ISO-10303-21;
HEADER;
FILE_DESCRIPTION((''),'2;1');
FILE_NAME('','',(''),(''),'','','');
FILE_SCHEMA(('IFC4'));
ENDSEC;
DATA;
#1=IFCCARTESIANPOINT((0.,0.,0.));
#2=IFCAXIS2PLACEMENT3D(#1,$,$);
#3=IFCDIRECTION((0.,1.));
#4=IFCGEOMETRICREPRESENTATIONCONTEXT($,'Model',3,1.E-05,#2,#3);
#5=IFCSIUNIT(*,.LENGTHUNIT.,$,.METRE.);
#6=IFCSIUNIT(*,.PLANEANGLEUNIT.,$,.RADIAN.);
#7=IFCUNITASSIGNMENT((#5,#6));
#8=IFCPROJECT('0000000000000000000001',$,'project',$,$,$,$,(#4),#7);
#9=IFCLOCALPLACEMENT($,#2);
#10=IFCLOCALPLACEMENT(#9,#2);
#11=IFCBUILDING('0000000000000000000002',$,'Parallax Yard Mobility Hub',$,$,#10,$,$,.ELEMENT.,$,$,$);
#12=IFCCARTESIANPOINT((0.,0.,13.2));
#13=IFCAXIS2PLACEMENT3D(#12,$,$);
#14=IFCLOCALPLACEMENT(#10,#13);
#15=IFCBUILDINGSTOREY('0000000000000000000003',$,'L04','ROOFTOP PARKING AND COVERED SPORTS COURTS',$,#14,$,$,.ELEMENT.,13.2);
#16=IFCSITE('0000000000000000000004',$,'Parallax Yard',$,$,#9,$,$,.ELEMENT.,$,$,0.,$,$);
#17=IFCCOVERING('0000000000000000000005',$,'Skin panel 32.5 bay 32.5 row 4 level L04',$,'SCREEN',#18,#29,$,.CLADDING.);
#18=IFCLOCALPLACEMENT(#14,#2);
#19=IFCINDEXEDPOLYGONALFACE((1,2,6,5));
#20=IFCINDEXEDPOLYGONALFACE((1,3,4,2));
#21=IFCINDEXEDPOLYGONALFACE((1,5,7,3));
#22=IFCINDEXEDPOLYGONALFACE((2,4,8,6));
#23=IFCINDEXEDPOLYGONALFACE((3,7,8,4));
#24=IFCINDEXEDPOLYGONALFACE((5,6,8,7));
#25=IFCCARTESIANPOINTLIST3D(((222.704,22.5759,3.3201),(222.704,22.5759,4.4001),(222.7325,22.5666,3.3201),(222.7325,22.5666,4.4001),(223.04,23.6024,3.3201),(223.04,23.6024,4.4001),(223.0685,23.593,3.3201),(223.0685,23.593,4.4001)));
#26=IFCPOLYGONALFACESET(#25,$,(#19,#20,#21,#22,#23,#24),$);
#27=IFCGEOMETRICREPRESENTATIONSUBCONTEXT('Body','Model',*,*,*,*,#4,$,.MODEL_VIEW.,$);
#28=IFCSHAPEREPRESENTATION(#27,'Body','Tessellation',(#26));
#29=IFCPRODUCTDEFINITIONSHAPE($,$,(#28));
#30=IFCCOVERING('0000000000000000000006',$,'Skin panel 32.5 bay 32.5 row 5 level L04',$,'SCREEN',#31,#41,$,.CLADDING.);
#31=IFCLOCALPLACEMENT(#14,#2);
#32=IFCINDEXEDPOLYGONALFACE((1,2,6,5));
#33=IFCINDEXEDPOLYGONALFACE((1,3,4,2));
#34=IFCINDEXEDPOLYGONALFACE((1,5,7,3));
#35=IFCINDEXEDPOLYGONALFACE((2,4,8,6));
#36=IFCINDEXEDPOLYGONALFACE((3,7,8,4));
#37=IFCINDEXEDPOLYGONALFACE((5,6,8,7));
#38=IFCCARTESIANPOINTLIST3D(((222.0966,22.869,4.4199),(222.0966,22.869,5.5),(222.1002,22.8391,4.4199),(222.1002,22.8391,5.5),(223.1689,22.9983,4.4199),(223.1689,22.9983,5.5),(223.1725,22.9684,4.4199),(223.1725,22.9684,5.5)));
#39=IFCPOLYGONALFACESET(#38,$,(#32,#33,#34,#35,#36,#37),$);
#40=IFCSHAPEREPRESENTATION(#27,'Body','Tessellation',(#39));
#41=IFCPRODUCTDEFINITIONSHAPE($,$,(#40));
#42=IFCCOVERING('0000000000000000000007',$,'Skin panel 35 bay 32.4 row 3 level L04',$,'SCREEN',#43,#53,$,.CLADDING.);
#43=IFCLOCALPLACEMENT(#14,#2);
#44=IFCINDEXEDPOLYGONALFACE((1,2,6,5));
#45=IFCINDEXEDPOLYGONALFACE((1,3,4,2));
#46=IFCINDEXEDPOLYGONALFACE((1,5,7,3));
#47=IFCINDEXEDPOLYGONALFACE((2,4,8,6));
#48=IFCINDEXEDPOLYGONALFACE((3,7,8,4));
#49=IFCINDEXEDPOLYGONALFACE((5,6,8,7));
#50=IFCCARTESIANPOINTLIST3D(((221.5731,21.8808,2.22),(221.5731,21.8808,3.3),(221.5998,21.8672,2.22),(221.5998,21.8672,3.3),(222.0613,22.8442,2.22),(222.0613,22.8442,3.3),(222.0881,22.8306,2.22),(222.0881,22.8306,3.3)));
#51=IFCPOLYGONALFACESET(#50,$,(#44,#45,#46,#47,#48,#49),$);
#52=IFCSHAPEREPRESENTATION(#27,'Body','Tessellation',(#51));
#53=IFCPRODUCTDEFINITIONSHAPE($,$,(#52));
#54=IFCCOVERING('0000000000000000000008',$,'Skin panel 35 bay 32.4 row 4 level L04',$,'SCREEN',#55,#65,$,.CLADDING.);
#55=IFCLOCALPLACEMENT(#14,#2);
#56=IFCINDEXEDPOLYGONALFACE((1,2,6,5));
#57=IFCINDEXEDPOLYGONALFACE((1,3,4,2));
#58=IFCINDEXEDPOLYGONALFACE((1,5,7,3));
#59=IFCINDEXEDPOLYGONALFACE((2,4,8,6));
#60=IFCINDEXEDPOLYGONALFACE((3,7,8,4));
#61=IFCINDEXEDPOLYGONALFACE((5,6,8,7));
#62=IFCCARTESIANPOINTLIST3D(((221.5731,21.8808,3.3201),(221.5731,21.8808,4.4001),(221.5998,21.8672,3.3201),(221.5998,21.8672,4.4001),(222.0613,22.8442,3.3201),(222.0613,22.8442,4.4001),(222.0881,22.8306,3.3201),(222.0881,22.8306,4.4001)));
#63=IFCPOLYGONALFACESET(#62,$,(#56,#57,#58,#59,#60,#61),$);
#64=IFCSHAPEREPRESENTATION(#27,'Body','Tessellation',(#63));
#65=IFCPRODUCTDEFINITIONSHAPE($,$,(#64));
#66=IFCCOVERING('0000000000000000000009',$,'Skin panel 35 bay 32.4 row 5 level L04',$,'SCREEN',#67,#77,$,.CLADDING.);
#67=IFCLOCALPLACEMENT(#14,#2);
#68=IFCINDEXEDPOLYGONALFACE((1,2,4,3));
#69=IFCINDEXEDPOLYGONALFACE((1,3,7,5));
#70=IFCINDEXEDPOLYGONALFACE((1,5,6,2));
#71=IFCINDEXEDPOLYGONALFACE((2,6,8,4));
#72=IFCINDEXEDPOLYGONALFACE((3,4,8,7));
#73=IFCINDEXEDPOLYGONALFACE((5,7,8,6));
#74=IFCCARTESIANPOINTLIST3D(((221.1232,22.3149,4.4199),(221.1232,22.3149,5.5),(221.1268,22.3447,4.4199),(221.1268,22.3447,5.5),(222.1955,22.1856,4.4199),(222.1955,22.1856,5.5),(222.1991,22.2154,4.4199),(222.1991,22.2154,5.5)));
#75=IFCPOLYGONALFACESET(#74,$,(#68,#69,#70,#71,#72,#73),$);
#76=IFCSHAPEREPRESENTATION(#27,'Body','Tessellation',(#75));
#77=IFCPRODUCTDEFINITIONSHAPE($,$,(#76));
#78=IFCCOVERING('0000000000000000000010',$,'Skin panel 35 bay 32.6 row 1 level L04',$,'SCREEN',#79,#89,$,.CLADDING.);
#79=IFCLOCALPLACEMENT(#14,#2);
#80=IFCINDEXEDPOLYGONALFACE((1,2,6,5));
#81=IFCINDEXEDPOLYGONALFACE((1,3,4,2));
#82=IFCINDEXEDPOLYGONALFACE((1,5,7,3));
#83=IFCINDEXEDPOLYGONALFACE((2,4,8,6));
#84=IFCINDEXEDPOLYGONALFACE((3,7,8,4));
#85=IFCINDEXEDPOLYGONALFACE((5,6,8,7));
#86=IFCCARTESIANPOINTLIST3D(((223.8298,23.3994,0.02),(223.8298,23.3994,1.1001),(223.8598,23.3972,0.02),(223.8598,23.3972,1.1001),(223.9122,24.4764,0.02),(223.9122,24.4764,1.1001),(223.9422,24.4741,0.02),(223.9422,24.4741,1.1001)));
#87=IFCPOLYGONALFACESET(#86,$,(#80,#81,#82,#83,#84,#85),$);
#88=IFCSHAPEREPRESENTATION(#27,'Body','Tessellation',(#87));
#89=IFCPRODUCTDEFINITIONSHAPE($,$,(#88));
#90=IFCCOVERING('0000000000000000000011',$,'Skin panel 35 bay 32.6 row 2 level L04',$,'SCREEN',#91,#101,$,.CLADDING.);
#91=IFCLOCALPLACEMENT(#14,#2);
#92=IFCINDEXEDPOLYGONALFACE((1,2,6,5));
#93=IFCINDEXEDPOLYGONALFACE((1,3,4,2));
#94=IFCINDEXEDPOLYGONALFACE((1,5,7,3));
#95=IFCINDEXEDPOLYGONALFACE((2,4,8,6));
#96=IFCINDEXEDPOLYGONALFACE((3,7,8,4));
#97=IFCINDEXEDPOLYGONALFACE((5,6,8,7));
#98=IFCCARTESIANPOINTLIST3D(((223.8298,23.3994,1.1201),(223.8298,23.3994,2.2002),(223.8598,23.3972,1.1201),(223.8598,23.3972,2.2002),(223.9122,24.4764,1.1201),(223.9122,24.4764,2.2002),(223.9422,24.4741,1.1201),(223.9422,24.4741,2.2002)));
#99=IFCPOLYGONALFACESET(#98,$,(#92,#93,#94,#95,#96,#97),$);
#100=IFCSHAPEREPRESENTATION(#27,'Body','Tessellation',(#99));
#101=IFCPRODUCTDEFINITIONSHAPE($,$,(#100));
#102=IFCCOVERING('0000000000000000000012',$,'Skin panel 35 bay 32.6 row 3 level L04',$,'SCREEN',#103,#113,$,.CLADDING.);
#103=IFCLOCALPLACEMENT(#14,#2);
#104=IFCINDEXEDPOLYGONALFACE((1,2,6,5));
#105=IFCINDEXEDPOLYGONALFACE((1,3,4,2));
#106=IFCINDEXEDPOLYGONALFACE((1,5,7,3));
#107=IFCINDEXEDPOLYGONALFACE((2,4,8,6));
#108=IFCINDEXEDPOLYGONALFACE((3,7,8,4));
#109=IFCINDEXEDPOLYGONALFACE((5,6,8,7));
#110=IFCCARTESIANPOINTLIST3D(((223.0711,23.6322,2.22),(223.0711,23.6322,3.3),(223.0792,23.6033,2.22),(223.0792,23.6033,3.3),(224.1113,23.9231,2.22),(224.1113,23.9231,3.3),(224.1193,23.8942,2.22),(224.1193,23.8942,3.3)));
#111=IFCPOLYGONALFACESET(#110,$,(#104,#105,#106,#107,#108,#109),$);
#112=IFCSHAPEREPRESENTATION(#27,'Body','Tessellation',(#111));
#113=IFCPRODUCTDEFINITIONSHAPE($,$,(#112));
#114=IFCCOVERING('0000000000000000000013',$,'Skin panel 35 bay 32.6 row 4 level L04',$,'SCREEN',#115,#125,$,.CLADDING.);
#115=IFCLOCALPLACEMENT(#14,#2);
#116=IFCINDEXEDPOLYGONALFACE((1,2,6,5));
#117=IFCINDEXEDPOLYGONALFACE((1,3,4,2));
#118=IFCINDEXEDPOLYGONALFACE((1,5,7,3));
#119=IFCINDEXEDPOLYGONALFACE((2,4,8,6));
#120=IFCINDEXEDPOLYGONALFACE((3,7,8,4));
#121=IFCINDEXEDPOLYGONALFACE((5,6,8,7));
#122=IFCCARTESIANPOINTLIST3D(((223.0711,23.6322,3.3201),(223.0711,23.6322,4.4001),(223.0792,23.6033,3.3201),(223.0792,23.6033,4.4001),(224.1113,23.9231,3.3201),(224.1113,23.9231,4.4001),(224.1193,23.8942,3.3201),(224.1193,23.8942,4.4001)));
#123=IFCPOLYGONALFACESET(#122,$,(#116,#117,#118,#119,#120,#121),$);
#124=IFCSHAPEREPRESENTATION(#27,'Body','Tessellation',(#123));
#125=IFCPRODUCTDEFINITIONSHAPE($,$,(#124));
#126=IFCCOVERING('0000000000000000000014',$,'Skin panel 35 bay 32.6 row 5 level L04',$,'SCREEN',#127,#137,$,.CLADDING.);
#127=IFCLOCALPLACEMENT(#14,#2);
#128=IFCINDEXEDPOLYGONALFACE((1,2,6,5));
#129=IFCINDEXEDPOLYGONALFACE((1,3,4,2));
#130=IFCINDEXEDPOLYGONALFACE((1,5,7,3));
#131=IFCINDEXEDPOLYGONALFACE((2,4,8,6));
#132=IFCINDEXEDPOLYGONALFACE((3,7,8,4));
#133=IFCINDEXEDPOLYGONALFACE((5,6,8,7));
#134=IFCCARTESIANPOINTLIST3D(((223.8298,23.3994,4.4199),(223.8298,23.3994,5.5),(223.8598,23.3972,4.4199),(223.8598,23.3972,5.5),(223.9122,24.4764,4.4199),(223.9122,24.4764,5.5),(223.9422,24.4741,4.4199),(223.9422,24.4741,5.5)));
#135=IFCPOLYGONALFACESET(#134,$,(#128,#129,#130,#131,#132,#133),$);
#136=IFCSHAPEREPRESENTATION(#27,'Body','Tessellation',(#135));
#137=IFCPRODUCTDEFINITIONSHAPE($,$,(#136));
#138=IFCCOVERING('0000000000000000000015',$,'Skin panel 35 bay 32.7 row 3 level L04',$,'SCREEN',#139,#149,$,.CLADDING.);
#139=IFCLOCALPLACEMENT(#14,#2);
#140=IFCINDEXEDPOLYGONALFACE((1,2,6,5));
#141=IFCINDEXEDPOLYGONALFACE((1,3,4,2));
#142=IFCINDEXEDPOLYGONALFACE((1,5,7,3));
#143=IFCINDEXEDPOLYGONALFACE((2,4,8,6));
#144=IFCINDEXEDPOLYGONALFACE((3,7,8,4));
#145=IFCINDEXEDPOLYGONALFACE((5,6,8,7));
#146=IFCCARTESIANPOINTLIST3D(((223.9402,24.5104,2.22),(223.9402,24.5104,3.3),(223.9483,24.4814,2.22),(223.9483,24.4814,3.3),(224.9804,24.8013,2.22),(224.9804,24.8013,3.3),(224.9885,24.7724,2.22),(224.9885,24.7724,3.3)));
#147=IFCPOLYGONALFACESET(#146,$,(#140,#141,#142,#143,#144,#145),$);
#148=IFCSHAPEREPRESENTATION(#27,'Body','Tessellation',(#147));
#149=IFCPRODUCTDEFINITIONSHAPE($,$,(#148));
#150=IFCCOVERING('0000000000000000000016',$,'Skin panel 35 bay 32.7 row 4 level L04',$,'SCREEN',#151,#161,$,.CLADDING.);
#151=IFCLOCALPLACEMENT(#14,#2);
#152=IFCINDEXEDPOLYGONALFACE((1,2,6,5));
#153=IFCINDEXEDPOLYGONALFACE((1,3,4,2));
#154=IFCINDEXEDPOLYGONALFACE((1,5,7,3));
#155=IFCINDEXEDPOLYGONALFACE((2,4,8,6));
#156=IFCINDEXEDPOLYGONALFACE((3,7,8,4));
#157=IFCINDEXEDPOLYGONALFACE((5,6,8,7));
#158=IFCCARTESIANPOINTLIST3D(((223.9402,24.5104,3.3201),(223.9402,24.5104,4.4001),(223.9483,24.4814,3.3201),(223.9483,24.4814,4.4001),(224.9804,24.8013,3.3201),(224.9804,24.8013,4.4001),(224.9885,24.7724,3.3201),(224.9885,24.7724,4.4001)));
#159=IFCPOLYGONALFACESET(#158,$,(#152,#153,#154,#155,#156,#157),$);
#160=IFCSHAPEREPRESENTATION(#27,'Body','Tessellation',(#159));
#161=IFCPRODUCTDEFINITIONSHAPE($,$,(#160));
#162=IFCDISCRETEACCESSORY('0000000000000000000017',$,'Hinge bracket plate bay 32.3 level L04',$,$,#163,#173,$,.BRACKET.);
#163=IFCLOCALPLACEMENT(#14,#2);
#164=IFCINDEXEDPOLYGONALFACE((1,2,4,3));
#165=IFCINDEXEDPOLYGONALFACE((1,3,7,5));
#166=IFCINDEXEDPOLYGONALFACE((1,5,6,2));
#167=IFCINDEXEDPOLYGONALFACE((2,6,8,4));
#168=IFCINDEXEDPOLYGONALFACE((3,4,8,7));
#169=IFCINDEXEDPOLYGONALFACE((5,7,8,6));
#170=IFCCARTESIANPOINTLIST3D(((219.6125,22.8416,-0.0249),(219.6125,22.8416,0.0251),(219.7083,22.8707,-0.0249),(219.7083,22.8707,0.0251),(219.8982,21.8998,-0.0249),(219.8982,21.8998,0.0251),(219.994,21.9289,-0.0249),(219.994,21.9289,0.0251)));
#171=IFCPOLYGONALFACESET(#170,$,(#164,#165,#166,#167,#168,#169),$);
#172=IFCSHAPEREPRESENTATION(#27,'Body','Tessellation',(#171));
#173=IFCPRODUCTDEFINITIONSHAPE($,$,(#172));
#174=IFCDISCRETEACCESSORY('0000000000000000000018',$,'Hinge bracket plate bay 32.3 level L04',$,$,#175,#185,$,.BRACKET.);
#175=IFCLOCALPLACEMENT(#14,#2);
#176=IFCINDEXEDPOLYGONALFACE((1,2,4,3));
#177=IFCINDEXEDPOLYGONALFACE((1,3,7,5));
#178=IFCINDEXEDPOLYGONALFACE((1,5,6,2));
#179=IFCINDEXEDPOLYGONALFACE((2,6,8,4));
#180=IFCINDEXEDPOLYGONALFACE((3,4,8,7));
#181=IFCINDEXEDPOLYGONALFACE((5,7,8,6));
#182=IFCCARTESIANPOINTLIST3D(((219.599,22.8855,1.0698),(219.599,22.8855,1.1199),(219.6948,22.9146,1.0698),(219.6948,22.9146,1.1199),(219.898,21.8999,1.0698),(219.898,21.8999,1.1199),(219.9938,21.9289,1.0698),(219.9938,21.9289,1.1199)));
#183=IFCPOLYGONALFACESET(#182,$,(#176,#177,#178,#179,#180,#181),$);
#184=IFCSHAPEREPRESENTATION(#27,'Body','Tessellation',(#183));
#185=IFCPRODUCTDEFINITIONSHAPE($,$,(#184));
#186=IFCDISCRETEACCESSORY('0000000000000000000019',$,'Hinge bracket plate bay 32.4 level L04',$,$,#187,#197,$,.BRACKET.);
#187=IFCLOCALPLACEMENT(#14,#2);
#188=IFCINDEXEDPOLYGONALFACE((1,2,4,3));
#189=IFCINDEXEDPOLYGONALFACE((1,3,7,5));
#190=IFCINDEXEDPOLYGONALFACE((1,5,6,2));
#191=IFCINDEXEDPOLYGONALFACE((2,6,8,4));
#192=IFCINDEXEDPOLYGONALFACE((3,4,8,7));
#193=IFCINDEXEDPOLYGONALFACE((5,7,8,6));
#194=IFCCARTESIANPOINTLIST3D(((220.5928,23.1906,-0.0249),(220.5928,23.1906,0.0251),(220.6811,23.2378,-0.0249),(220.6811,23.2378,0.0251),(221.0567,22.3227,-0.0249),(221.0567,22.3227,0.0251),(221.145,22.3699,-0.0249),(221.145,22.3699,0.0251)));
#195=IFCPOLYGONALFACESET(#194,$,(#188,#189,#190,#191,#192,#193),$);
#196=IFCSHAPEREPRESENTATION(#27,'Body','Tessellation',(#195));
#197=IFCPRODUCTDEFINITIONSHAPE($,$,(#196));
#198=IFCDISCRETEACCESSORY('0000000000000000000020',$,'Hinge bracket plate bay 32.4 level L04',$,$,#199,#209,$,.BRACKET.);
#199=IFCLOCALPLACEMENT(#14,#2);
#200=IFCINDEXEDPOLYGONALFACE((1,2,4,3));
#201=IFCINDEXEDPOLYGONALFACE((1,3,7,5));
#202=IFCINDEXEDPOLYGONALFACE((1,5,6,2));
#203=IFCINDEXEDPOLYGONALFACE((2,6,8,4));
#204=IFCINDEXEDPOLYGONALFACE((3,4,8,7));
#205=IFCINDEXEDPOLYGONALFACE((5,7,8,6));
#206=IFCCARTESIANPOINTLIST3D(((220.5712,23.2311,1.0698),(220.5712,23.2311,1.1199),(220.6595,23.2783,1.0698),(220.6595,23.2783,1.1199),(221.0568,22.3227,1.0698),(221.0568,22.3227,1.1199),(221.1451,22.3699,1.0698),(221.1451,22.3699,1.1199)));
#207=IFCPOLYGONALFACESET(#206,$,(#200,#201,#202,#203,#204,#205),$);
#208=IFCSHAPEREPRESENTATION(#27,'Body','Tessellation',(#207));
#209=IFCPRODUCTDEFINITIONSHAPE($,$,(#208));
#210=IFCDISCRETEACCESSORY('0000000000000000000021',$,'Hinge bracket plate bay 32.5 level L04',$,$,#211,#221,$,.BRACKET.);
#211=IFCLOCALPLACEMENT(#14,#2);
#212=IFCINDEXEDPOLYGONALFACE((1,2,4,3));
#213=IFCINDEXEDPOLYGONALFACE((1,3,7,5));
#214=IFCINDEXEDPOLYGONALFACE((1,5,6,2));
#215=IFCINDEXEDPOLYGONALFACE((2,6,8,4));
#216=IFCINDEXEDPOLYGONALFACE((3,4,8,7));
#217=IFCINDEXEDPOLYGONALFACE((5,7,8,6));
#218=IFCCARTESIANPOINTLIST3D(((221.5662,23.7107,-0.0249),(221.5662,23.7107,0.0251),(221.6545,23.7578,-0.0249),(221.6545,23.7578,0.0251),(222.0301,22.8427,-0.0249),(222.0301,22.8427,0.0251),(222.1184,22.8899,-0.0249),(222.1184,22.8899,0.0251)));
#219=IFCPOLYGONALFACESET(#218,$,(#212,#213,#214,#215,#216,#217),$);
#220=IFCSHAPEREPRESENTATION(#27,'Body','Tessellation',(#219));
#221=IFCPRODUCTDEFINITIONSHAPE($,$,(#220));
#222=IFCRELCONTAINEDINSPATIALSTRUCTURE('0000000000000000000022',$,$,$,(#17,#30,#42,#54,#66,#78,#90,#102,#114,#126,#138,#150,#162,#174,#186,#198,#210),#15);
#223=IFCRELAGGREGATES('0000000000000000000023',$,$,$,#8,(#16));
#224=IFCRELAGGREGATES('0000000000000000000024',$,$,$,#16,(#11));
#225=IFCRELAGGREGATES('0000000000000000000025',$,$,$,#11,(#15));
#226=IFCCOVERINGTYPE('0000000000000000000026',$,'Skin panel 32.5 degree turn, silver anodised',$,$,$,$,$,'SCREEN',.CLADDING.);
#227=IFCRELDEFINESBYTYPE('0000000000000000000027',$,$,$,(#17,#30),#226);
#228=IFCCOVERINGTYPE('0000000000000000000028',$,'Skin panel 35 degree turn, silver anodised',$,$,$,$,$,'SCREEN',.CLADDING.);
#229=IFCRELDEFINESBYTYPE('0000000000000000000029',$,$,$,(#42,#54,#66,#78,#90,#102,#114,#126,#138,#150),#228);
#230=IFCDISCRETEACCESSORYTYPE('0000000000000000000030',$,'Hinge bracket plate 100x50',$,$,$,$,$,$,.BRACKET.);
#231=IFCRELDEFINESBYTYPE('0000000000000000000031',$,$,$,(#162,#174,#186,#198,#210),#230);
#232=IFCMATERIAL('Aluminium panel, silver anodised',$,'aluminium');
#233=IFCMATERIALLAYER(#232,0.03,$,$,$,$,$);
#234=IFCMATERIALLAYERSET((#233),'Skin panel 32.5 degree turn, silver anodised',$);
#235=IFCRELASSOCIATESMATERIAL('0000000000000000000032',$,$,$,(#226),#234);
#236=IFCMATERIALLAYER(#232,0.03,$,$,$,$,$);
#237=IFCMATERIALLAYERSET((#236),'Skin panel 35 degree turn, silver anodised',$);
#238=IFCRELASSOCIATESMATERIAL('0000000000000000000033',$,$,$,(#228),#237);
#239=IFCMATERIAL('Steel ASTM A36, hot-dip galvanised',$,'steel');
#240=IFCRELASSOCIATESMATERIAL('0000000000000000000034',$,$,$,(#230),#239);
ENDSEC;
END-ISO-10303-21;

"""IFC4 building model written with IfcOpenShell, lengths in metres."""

from ifc_helpers import new_model, si_unit, direction, frame, origin, origin_2d, place, context, subcontext, project, spatial, rectangle, extrude, material, layer, layer_set, type_object, element, save


model = new_model("IFC4")

# Units and contexts
model_context = context("Model", 3, precision=1e-05, world=origin(), true_north=direction((0.0, 1.0)))
body_context = subcontext(model_context, "Body", "Model", "MODEL_VIEW")
ifc_project = project(units=[si_unit("LENGTHUNIT", "METRE"), si_unit("PLANEANGLEUNIT", "RADIAN")], contexts=[model_context])

# Site, building, storey
site_placement = place(None, origin())
site = spatial("IfcSite", under=ifc_project, at=site_placement, Name="Parallax Yard", CompositionType="ELEMENT", RefElevation=0.0)
building_placement = place(site_placement, origin())
building = spatial("IfcBuilding", under=site, at=building_placement, Name="Parallax Yard Mobility Hub", CompositionType="ELEMENT")
storey_placement = place(building_placement, frame((0.0, 0.0, 13.2)))
storey = spatial("IfcBuildingStorey", under=building, at=storey_placement, Name="L04", Description="ROOFTOP PARKING AND COVERED SPORTS COURTS", CompositionType="ELEMENT", Elevation=13.2)

# Coverings
ifc_material_1 = material(Name="Aluminium panel, silver anodised", Category="aluminium")
ifc_layer_1 = layer(ifc_material_1, 0.03)
ifc_layer_set_1 = layer_set([ifc_layer_1], Name="Skin panel 32.5 degree turn, silver anodised")
covering_type_1 = type_object("IfcCoveringType", Name="Skin panel 32.5 degree turn, silver anodised", ElementType="SCREEN", PredefinedType="CLADDING", material=ifc_layer_set_1)
for number, where, z_axis, x_axis, name in (
    (1, (222.8862, 23.0845, 3.3201), (0.0, 0.0, 1.0), (-0.311091, -0.95038, 0.0), "Skin panel 32.5 bay 32.5 row 4 level L04"),
    (2, (222.6345, 22.9187, 4.4199), (0.0, 0.0, 1.0), (0.99281, 0.119704, 0.0), "Skin panel 32.5 bay 32.5 row 5 level L04"),
):
    element("IfcCovering", number, at=place(storey_placement, frame(where, z_axis=z_axis, x_axis=x_axis)), inside=storey, type_object=covering_type_1, Name=name, ObjectType="SCREEN", PredefinedType="CLADDING", context=body_context, shape_type="SweptSolid", body=[
        extrude(rectangle(XDim=1.0801, YDim=0.03, at=origin_2d()), origin(), (0.0, 0.0, 1.0), 1.0801),
    ])
ifc_layer_2 = layer(ifc_material_1, 0.03)
ifc_layer_set_2 = layer_set([ifc_layer_2], Name="Skin panel 35 degree turn, silver anodised")
covering_type_2 = type_object("IfcCoveringType", Name="Skin panel 35 degree turn, silver anodised", ElementType="SCREEN", PredefinedType="CLADDING", material=ifc_layer_set_2)
for number, where, z_axis, x_axis, name in (
    (3, (221.8306, 22.3557, 2.22), (0.0, 0.0, 1.0), (-0.452046, -0.891995, 0.0), "Skin panel 35 bay 32.4 row 3 level L04"),
    (4, (221.8306, 22.3557, 3.3201), (0.0, 0.0, 1.0), (-0.452046, -0.891995, 0.0), "Skin panel 35 bay 32.4 row 4 level L04"),
    (5, (221.6611, 22.2651, 4.4199), (0.0, 0.0, 1.0), (0.99281, -0.119704, 0.0), "Skin panel 35 bay 32.4 row 5 level L04"),
    (6, (223.886, 23.9368, 0.02), (0.0, 0.0, 1.0), (-0.076284, -0.997086, 0.0), "Skin panel 35 bay 32.6 row 1 level L04"),
    (7, (223.886, 23.9368, 1.1201), (0.0, 0.0, 1.0), (-0.076284, -0.997086, 0.0), "Skin panel 35 bay 32.6 row 2 level L04"),
    (8, (223.5952, 23.7632, 2.22), (0.0, 0.0, 1.0), (0.963045, 0.26934, 0.0), "Skin panel 35 bay 32.6 row 3 level L04"),
    (9, (223.5952, 23.7632, 3.3201), (0.0, 0.0, 1.0), (0.963045, 0.26934, 0.0), "Skin panel 35 bay 32.6 row 4 level L04"),
    (10, (223.886, 23.9368, 4.4199), (0.0, 0.0, 1.0), (-0.076284, -0.997086, 0.0), "Skin panel 35 bay 32.6 row 5 level L04"),
    (11, (224.4644, 24.6414, 2.22), (0.0, 0.0, 1.0), (0.963045, 0.26934, 0.0), "Skin panel 35 bay 32.7 row 3 level L04"),
    (12, (224.4644, 24.6414, 3.3201), (0.0, 0.0, 1.0), (0.963045, 0.26934, 0.0), "Skin panel 35 bay 32.7 row 4 level L04"),
):
    element("IfcCovering", number, at=place(storey_placement, frame(where, z_axis=z_axis, x_axis=x_axis)), inside=storey, type_object=covering_type_2, Name=name, ObjectType="SCREEN", PredefinedType="CLADDING", context=body_context, shape_type="SweptSolid", body=[
        extrude(rectangle(XDim=1.0801, YDim=0.03, at=origin_2d()), origin(), (0.0, 0.0, 1.0), 1.0801),
    ])

# Discrete accessories
ifc_material_2 = material(Name="Steel ASTM A36, hot-dip galvanised", Category="steel")
discrete_accessory_type_1 = type_object("IfcDiscreteAccessoryType", Name="Hinge bracket plate 100x50", PredefinedType="BRACKET", material=ifc_material_2)
discrete_accessory_1_placement = place(storey_placement, frame((219.8032, 22.3853, -0.0249), z_axis=(0.0, 0.0, 1.0), x_axis=(0.290285, -0.95694, 0.0)))
element("IfcDiscreteAccessory", 13, at=discrete_accessory_1_placement, inside=storey, type_object=discrete_accessory_type_1, Name="Hinge bracket plate bay 32.3 level L04", PredefinedType="BRACKET", context=body_context, shape_type="SweptSolid", body=[
    extrude(rectangle(XDim=0.9841, YDim=0.1001, at=origin_2d()), origin(), (0.0, 0.0, 1.0), 0.05),
])
discrete_accessory_2_placement = place(storey_placement, frame((219.7964, 22.4072, 1.0698), z_axis=(0.0, 0.0, 1.0), x_axis=(0.290285, -0.95694, 0.0)))
element("IfcDiscreteAccessory", 14, at=discrete_accessory_2_placement, inside=storey, type_object=discrete_accessory_type_1, Name="Hinge bracket plate bay 32.3 level L04", PredefinedType="BRACKET", context=body_context, shape_type="SweptSolid", body=[
    extrude(rectangle(XDim=1.03, YDim=0.1001, at=origin_2d()), origin(), (0.0, 0.0, 1.0), 0.05),
])
discrete_accessory_3_placement = place(storey_placement, frame((220.8689, 22.7803, -0.0249), z_axis=(0.0, 0.0, 1.0), x_axis=(0.471397, -0.881921, 0.0)))
element("IfcDiscreteAccessory", 15, at=discrete_accessory_3_placement, inside=storey, type_object=discrete_accessory_type_1, Name="Hinge bracket plate bay 32.4 level L04", PredefinedType="BRACKET", context=body_context, shape_type="SweptSolid", body=[
    extrude(rectangle(XDim=0.9841, YDim=0.1001, at=origin_2d()), origin(), (0.0, 0.0, 1.0), 0.05),
])
discrete_accessory_4_placement = place(storey_placement, frame((220.8582, 22.8005, 1.0698), z_axis=(0.0, 0.0, 1.0), x_axis=(0.471397, -0.881921, 0.0)))
element("IfcDiscreteAccessory", 16, at=discrete_accessory_4_placement, inside=storey, type_object=discrete_accessory_type_1, Name="Hinge bracket plate bay 32.4 level L04", PredefinedType="BRACKET", context=body_context, shape_type="SweptSolid", body=[
    extrude(rectangle(XDim=1.03, YDim=0.1001, at=origin_2d()), origin(), (0.0, 0.0, 1.0), 0.05),
])
discrete_accessory_5_placement = place(storey_placement, frame((221.8423, 23.3003, -0.0249), z_axis=(0.0, 0.0, 1.0), x_axis=(0.471397, -0.881921, 0.0)))
element("IfcDiscreteAccessory", 17, at=discrete_accessory_5_placement, inside=storey, type_object=discrete_accessory_type_1, Name="Hinge bracket plate bay 32.5 level L04", PredefinedType="BRACKET", context=body_context, shape_type="SweptSolid", body=[
    extrude(rectangle(XDim=0.9841, YDim=0.1001, at=origin_2d()), origin(), (0.0, 0.0, 1.0), 0.05),
])

save(model, "model.ifc")
